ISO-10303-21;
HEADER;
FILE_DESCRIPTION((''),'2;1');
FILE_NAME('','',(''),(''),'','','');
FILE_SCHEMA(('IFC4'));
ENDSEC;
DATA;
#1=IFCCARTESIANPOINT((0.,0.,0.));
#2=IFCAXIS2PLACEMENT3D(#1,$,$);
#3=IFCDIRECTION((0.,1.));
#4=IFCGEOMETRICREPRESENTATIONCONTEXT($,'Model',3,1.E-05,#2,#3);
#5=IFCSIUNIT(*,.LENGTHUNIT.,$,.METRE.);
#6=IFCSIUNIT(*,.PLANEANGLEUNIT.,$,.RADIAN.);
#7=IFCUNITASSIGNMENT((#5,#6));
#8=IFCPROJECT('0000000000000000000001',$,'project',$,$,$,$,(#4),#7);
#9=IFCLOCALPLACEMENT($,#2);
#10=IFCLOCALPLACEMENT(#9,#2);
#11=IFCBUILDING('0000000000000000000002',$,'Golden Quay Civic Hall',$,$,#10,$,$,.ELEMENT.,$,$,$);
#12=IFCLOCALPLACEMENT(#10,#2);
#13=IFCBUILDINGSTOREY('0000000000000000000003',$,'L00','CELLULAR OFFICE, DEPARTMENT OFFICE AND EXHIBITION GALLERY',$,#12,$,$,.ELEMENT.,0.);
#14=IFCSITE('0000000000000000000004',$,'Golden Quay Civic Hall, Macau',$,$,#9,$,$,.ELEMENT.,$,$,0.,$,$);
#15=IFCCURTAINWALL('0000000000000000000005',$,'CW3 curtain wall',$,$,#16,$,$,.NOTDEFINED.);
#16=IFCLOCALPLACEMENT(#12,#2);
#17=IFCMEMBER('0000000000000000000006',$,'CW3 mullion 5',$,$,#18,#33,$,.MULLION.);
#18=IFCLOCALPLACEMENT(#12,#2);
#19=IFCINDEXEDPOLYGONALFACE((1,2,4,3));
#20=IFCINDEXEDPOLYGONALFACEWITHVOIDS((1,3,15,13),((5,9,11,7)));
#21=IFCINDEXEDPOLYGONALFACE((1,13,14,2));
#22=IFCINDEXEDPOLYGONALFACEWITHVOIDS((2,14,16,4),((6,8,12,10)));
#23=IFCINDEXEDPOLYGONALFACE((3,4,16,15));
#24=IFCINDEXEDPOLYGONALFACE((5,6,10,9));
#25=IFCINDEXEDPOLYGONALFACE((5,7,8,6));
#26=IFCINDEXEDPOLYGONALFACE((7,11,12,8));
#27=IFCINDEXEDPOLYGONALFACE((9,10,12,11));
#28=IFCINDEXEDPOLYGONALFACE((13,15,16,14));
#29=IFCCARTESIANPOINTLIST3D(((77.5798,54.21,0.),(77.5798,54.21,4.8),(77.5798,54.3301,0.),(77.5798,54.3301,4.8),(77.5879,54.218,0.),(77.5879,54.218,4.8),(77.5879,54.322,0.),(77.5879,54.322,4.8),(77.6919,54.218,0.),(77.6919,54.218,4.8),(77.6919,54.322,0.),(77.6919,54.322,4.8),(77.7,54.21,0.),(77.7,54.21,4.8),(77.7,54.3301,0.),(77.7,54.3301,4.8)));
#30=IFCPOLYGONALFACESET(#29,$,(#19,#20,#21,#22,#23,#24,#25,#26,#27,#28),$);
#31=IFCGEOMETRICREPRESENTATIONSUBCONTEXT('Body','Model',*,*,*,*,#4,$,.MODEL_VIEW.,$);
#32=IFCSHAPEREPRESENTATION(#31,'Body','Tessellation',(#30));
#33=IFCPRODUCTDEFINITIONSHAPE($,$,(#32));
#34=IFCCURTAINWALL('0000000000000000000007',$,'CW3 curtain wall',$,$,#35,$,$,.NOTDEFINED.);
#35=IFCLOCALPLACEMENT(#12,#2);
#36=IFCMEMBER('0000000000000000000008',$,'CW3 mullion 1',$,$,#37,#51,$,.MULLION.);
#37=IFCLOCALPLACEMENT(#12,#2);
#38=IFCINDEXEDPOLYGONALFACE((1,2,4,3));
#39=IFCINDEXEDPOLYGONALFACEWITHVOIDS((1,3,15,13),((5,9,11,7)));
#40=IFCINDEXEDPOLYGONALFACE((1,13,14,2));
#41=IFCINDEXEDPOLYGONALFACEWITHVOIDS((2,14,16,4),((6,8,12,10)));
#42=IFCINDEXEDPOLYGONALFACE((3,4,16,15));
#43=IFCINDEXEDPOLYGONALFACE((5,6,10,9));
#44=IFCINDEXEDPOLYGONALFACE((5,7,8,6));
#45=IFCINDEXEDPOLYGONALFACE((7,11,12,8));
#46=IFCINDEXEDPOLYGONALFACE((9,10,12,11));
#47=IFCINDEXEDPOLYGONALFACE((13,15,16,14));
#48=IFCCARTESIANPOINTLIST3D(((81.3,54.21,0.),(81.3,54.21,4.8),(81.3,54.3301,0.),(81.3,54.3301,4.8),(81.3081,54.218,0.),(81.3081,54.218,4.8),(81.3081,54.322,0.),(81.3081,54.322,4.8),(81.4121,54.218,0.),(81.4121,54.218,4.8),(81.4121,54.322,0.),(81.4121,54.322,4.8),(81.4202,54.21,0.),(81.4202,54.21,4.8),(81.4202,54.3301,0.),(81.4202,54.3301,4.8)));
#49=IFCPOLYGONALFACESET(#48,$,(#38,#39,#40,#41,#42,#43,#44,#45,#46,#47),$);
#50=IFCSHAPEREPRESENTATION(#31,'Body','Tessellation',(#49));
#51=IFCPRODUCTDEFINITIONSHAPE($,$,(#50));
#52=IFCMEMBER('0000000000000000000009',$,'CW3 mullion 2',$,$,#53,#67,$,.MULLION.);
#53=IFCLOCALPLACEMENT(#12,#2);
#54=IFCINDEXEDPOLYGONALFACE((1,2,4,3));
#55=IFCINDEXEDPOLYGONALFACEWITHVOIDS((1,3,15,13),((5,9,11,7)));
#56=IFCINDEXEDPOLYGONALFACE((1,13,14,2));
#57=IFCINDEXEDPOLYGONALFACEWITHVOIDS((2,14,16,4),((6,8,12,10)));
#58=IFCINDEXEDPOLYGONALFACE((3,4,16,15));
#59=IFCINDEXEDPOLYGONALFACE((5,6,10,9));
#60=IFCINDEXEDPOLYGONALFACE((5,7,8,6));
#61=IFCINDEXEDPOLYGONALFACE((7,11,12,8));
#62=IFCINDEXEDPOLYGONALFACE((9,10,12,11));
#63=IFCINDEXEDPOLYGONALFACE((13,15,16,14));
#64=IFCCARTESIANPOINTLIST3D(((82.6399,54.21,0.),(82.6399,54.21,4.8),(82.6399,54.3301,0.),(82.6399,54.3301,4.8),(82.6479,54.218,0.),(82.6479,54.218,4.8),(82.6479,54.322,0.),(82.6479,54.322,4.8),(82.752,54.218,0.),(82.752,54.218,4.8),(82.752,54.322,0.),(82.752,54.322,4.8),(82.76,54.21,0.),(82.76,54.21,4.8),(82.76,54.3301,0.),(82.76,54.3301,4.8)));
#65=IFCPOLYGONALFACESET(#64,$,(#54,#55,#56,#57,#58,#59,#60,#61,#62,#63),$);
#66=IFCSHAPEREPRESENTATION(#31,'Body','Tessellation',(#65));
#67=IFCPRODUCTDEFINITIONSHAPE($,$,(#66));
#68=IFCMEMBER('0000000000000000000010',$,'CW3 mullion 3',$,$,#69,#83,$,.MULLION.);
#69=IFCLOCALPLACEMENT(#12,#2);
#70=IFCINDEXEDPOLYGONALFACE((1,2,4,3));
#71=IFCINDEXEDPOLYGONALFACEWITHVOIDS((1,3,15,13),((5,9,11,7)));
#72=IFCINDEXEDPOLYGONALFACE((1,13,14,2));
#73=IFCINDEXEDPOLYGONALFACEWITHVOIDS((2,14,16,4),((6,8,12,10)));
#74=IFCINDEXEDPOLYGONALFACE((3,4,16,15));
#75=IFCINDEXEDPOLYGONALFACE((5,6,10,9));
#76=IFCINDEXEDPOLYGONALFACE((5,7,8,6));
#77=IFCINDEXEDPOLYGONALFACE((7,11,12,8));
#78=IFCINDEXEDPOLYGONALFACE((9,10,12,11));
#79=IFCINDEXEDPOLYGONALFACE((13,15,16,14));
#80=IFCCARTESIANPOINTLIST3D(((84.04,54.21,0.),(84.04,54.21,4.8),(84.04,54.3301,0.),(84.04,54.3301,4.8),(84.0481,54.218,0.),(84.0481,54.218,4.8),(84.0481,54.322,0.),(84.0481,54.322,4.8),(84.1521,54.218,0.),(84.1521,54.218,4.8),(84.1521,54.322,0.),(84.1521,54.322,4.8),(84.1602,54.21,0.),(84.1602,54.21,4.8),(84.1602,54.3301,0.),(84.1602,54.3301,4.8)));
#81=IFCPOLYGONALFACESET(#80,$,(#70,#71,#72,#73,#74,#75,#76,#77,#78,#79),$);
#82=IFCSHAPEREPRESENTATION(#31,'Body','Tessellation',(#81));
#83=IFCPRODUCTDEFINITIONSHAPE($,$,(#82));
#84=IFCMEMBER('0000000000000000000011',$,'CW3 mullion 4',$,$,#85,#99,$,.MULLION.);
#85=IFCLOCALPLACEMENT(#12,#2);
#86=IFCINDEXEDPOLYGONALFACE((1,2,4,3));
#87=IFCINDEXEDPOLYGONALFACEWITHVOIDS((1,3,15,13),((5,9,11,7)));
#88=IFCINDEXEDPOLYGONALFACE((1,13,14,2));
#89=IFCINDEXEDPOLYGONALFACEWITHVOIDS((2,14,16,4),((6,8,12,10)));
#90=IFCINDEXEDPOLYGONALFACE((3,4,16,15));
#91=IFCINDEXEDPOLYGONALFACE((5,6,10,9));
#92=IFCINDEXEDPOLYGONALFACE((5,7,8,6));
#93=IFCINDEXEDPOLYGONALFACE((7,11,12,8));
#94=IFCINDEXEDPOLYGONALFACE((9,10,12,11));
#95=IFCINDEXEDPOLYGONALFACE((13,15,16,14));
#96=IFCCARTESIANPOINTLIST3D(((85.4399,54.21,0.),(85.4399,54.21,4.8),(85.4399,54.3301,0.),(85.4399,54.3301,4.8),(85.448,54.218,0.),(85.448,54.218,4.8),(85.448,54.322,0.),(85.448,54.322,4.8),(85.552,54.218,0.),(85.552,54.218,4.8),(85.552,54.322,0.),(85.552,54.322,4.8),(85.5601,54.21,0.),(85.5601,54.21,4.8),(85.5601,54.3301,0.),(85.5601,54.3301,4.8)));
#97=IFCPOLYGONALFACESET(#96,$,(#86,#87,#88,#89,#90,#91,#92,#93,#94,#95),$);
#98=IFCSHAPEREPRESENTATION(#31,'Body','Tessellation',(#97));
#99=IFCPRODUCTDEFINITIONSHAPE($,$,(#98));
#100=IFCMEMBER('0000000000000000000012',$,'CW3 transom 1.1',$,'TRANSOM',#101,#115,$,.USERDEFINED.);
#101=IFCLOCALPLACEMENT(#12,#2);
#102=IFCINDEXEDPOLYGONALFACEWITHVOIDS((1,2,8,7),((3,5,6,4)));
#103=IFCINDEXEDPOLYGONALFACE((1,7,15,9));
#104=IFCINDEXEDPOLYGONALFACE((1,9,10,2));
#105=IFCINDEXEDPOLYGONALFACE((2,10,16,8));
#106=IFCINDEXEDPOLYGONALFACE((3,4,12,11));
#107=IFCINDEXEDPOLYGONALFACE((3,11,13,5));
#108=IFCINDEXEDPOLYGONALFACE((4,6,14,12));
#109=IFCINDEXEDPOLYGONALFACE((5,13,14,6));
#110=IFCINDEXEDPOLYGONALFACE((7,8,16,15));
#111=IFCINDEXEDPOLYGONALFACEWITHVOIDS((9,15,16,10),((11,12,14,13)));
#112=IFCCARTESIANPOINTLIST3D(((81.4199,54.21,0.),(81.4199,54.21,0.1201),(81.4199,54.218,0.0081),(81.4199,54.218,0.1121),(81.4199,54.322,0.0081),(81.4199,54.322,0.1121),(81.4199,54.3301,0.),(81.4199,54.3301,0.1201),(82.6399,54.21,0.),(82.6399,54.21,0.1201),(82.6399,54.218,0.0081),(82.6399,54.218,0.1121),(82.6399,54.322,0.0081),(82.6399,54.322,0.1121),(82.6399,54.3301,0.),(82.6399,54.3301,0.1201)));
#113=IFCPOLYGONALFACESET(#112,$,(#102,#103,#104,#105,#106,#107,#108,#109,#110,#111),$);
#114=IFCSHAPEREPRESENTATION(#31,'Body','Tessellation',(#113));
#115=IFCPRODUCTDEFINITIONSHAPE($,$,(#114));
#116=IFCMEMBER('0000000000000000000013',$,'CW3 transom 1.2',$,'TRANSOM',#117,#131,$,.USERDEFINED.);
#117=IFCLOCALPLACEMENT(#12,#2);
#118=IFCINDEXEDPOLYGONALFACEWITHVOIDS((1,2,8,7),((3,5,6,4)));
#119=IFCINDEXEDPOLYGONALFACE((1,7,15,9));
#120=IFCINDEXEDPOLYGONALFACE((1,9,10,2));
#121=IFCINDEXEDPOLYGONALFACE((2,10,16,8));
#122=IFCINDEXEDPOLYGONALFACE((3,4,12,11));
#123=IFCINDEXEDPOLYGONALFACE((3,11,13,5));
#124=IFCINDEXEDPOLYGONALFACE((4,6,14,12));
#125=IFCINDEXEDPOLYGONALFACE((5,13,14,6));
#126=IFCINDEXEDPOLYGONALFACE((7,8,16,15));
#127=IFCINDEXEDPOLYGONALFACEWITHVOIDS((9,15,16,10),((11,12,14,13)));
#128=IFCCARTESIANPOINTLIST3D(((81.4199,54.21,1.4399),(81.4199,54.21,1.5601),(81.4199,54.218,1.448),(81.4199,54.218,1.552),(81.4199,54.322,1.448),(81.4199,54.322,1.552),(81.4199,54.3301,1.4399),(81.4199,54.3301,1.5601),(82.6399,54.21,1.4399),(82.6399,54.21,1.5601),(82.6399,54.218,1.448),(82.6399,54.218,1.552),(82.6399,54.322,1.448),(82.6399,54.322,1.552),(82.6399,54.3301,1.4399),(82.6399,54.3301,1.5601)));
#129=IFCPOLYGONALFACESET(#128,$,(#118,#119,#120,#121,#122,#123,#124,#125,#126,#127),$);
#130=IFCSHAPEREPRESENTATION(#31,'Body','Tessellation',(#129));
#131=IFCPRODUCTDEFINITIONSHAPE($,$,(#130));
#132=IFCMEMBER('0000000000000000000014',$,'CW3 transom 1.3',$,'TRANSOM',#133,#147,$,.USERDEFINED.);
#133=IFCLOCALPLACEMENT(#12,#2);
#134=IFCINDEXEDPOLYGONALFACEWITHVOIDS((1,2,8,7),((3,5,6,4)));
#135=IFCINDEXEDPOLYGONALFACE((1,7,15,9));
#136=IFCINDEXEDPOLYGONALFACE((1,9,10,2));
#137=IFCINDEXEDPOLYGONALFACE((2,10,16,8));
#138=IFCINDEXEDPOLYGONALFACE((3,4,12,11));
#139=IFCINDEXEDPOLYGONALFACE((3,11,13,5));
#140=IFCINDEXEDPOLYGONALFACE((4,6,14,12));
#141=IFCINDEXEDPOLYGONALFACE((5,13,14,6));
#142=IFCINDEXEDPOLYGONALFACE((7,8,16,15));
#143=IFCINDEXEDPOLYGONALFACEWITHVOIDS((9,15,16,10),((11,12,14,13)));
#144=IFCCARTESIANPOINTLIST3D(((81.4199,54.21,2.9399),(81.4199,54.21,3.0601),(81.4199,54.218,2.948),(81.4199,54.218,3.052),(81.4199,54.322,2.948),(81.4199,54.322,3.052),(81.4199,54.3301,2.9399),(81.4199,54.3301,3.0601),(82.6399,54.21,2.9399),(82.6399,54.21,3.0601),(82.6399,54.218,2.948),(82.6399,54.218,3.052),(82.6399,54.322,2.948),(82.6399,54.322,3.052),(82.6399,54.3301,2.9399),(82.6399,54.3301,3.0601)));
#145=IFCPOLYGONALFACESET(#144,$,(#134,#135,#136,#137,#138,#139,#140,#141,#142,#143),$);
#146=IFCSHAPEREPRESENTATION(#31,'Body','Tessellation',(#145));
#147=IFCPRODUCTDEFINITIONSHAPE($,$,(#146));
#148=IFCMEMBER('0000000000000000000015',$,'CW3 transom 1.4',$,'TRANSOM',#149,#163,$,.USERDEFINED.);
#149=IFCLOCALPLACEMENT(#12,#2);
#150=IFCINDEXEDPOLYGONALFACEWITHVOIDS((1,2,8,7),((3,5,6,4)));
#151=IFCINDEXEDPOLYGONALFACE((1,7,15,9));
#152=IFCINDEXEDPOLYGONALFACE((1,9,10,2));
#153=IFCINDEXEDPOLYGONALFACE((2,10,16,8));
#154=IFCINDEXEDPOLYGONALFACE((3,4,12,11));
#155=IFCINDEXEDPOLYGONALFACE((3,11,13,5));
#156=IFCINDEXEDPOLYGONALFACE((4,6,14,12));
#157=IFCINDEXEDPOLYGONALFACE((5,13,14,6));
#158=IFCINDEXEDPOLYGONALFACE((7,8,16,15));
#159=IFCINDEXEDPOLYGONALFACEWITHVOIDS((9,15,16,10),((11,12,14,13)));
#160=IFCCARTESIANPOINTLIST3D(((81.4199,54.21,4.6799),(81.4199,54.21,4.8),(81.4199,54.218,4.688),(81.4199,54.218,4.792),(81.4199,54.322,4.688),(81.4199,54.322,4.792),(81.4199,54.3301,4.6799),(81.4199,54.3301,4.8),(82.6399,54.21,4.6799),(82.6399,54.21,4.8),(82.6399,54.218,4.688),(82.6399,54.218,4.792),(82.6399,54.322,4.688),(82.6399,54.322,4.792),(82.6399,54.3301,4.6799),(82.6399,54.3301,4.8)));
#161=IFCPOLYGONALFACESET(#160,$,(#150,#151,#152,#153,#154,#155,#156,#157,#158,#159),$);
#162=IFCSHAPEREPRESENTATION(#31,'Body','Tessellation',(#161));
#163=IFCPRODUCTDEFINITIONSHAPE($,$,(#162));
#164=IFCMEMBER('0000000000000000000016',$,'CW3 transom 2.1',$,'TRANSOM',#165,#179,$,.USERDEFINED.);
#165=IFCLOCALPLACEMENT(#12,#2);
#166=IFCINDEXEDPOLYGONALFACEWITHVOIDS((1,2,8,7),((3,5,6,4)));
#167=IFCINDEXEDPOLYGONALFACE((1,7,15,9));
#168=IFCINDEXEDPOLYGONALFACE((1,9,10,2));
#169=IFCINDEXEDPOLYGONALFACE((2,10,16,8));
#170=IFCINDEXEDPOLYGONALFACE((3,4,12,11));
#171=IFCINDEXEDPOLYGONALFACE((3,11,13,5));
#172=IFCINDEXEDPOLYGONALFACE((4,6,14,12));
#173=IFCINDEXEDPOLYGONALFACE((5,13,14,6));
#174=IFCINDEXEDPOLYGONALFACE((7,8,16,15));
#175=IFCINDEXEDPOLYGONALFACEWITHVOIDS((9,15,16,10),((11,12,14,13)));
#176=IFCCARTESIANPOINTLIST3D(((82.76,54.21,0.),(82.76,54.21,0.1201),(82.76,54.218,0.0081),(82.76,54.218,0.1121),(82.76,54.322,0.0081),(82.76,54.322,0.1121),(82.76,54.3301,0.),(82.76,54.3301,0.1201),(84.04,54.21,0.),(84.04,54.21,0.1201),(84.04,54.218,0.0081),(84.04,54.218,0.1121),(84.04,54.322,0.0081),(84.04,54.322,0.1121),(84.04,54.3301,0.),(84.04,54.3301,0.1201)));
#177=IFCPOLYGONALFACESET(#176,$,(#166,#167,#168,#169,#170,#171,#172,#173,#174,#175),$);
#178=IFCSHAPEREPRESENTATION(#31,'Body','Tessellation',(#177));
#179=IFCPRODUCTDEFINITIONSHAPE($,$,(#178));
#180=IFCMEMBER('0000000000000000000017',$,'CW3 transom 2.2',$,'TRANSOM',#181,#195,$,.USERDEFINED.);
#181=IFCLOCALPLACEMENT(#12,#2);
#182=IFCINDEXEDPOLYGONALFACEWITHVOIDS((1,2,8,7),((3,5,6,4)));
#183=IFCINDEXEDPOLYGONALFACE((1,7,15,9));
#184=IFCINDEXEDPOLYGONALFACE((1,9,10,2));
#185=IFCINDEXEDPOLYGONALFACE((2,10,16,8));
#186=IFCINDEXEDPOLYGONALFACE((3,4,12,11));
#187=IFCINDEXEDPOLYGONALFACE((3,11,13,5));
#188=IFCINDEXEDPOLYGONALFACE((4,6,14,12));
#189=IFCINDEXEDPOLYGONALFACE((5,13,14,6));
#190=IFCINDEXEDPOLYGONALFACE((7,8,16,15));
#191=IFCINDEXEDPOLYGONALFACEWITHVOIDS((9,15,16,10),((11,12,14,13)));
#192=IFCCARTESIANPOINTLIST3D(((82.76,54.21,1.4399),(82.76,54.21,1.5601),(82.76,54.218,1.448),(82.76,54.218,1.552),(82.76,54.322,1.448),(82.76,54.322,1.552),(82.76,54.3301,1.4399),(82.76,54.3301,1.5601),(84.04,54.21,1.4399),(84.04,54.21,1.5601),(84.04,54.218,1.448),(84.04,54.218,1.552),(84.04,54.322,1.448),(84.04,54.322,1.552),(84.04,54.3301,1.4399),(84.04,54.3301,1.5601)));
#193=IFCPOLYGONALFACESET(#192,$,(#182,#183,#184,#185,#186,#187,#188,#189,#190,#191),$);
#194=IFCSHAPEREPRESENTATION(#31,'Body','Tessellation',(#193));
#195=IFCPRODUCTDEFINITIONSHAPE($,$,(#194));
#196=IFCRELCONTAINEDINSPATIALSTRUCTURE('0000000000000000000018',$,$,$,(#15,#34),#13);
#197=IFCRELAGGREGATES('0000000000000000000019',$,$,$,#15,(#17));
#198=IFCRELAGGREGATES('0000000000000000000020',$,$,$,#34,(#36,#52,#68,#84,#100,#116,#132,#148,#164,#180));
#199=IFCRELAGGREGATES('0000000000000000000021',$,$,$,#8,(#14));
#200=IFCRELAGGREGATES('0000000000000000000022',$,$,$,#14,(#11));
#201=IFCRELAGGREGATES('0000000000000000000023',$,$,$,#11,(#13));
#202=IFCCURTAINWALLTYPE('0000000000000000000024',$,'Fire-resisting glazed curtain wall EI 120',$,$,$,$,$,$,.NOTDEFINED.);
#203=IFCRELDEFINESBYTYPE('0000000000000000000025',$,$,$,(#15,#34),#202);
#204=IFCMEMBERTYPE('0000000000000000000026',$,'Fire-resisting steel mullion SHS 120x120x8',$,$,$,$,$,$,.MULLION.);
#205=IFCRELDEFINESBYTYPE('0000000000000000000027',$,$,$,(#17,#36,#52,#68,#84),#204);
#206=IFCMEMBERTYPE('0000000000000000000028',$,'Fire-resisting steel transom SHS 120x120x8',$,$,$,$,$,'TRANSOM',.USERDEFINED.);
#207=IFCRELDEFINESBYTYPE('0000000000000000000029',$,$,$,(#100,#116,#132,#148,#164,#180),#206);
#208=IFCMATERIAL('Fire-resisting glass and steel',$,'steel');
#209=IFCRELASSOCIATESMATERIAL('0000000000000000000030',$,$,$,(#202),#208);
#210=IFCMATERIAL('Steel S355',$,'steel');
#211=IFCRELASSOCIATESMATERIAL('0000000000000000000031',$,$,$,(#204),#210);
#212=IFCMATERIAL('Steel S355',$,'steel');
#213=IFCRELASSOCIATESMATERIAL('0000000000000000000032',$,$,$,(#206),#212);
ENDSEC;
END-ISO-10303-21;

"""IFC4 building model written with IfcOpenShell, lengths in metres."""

from ifc_helpers import new_model, si_unit, direction, frame, origin, origin_2d, place, context, subcontext, project, spatial, hollow_rectangle, extrude, material, material_profile, profile_set, type_object, element, aggregate, save


model = new_model("IFC4")

# Units and contexts
model_context = context("Model", 3, precision=1e-05, world=origin(), true_north=direction((0.0, 1.0)))
body_context = subcontext(model_context, "Body", "Model", "MODEL_VIEW")
ifc_project = project(units=[si_unit("LENGTHUNIT", "METRE"), si_unit("PLANEANGLEUNIT", "RADIAN")], contexts=[model_context])

# Site, building, storey
site_placement = place(None, origin())
site = spatial("IfcSite", under=ifc_project, at=site_placement, Name="Golden Quay Civic Hall, Macau", CompositionType="ELEMENT", RefElevation=0.0)
building_placement = place(site_placement, origin())
building = spatial("IfcBuilding", under=site, at=building_placement, Name="Golden Quay Civic Hall", CompositionType="ELEMENT")
storey_placement = place(building_placement, origin())
storey = spatial("IfcBuildingStorey", under=building, at=storey_placement, Name="L00", Description="CELLULAR OFFICE, DEPARTMENT OFFICE AND EXHIBITION GALLERY", CompositionType="ELEMENT", Elevation=0.0)

# Curtain wall, member
ifc_material_1 = material(Name="Fire-resisting glass and steel", Category="steel")
curtain_wall_type = type_object("IfcCurtainWallType", Name="Fire-resisting glazed curtain wall EI 120", PredefinedType="NOTDEFINED", material=ifc_material_1)
curtain_wall_1_placement = place(storey_placement, origin())
curtain_wall_1 = element("IfcCurtainWall", 1, at=curtain_wall_1_placement, inside=storey, type_object=curtain_wall_type, Name="CW3 curtain wall", PredefinedType="NOTDEFINED")
ifc_material_2 = material(Name="Steel S355", Category="steel")
ifc_material_profile_1 = material_profile(ifc_material_2, hollow_rectangle(XDim=0.1201, YDim=0.1201, WallThickness=0.0081, at=origin_2d()), Name="SHS 120x120x8")
ifc_profile_set_1 = profile_set([ifc_material_profile_1], Name="Steel S355")
member_type_1 = type_object("IfcMemberType", Name="Fire-resisting steel mullion SHS 120x120x8", PredefinedType="MULLION", material=ifc_profile_set_1)
member_1_placement = place(storey_placement, frame((77.6399, 54.27, 0.0), z_axis=(0.0, 0.0, 1.0), x_axis=(0.0, 1.0, 0.0)))
member_1 = element("IfcMember", 2, at=member_1_placement, type_object=member_type_1, Name="CW3 mullion 5", PredefinedType="MULLION", context=body_context, shape_type="SweptSolid", body=[
    extrude(hollow_rectangle(XDim=0.1201, YDim=0.1201, WallThickness=0.0081, at=origin_2d()), origin(), (0.0, 0.0, 1.0), 4.8),
])

# Curtain wall, members
curtain_wall_2_placement = place(storey_placement, origin())
curtain_wall_2 = element("IfcCurtainWall", 3, at=curtain_wall_2_placement, inside=storey, type_object=curtain_wall_type, Name="CW3 curtain wall", PredefinedType="NOTDEFINED")
member_2_placement = place(storey_placement, frame((81.3601, 54.27, 0.0), z_axis=(0.0, 0.0, 1.0), x_axis=(0.0, 1.0, 0.0)))
member_2 = element("IfcMember", 4, at=member_2_placement, type_object=member_type_1, Name="CW3 mullion 1", PredefinedType="MULLION", context=body_context, shape_type="SweptSolid", body=[
    extrude(hollow_rectangle(XDim=0.1201, YDim=0.1201, WallThickness=0.0081, at=origin_2d()), origin(), (0.0, 0.0, 1.0), 4.8),
])
member_3_placement = place(storey_placement, frame((82.7, 54.27, 0.0), z_axis=(0.0, 0.0, 1.0), x_axis=(0.0, 1.0, 0.0)))
member_3 = element("IfcMember", 5, at=member_3_placement, type_object=member_type_1, Name="CW3 mullion 2", PredefinedType="MULLION", context=body_context, shape_type="SweptSolid", body=[
    extrude(hollow_rectangle(XDim=0.1201, YDim=0.1201, WallThickness=0.0081, at=origin_2d()), origin(), (0.0, 0.0, 1.0), 4.8),
])
member_4_placement = place(storey_placement, frame((84.1001, 54.27, 0.0), z_axis=(0.0, 0.0, 1.0), x_axis=(0.0, 1.0, 0.0)))
member_4 = element("IfcMember", 6, at=member_4_placement, type_object=member_type_1, Name="CW3 mullion 3", PredefinedType="MULLION", context=body_context, shape_type="SweptSolid", body=[
    extrude(hollow_rectangle(XDim=0.1201, YDim=0.1201, WallThickness=0.0081, at=origin_2d()), origin(), (0.0, 0.0, 1.0), 4.8),
])
member_5_placement = place(storey_placement, frame((85.5, 54.27, 0.0), z_axis=(0.0, 0.0, 1.0), x_axis=(0.0, 1.0, 0.0)))
member_5 = element("IfcMember", 7, at=member_5_placement, type_object=member_type_1, Name="CW3 mullion 4", PredefinedType="MULLION", context=body_context, shape_type="SweptSolid", body=[
    extrude(hollow_rectangle(XDim=0.1201, YDim=0.1201, WallThickness=0.0081, at=origin_2d()), origin(), (0.0, 0.0, 1.0), 4.8),
])
ifc_material_3 = material(Name="Steel S355", Category="steel")
ifc_material_profile_2 = material_profile(ifc_material_3, hollow_rectangle(XDim=0.1201, YDim=0.1201, WallThickness=0.0081, at=origin_2d()), Name="SHS 120x120x8")
ifc_profile_set_2 = profile_set([ifc_material_profile_2], Name="Steel S355")
member_type_2 = type_object("IfcMemberType", Name="Fire-resisting steel transom SHS 120x120x8", ElementType="TRANSOM", PredefinedType="USERDEFINED", material=ifc_profile_set_2)
member_6_placement = place(storey_placement, frame((81.4199, 54.27, 0.0601), z_axis=(1.0, 0.0, 0.0), x_axis=(0.0, 1.0, 0.0)))
member_6 = element("IfcMember", 8, at=member_6_placement, type_object=member_type_2, Name="CW3 transom 1.1", ObjectType="TRANSOM", PredefinedType="USERDEFINED", context=body_context, shape_type="SweptSolid", body=[
    extrude(hollow_rectangle(XDim=0.1201, YDim=0.1201, WallThickness=0.0081, at=origin_2d()), origin(), (0.0, 0.0, 1.0), 1.22),
])
member_7_placement = place(storey_placement, frame((81.4199, 54.27, 1.5), z_axis=(1.0, 0.0, 0.0), x_axis=(0.0, 1.0, 0.0)))
member_7 = element("IfcMember", 9, at=member_7_placement, type_object=member_type_2, Name="CW3 transom 1.2", ObjectType="TRANSOM", PredefinedType="USERDEFINED", context=body_context, shape_type="SweptSolid", body=[
    extrude(hollow_rectangle(XDim=0.1201, YDim=0.1201, WallThickness=0.0081, at=origin_2d()), origin(), (0.0, 0.0, 1.0), 1.22),
])
member_8_placement = place(storey_placement, frame((81.4199, 54.27, 3.0), z_axis=(1.0, 0.0, 0.0), x_axis=(0.0, 1.0, 0.0)))
member_8 = element("IfcMember", 10, at=member_8_placement, type_object=member_type_2, Name="CW3 transom 1.3", ObjectType="TRANSOM", PredefinedType="USERDEFINED", context=body_context, shape_type="SweptSolid", body=[
    extrude(hollow_rectangle(XDim=0.1201, YDim=0.1201, WallThickness=0.0081, at=origin_2d()), origin(), (0.0, 0.0, 1.0), 1.22),
])
member_9_placement = place(storey_placement, frame((81.4199, 54.27, 4.74), z_axis=(1.0, 0.0, 0.0), x_axis=(0.0, 1.0, 0.0)))
member_9 = element("IfcMember", 11, at=member_9_placement, type_object=member_type_2, Name="CW3 transom 1.4", ObjectType="TRANSOM", PredefinedType="USERDEFINED", context=body_context, shape_type="SweptSolid", body=[
    extrude(hollow_rectangle(XDim=0.1201, YDim=0.1201, WallThickness=0.0081, at=origin_2d()), origin(), (0.0, 0.0, 1.0), 1.22),
])
member_10_placement = place(storey_placement, frame((82.76, 54.27, 0.0601), z_axis=(1.0, 0.0, 0.0), x_axis=(0.0, 1.0, 0.0)))
member_10 = element("IfcMember", 12, at=member_10_placement, type_object=member_type_2, Name="CW3 transom 2.1", ObjectType="TRANSOM", PredefinedType="USERDEFINED", context=body_context, shape_type="SweptSolid", body=[
    extrude(hollow_rectangle(XDim=0.1201, YDim=0.1201, WallThickness=0.0081, at=origin_2d()), origin(), (0.0, 0.0, 1.0), 1.28),
])
member_11_placement = place(storey_placement, frame((82.76, 54.27, 1.5), z_axis=(1.0, 0.0, 0.0), x_axis=(0.0, 1.0, 0.0)))
member_11 = element("IfcMember", 13, at=member_11_placement, type_object=member_type_2, Name="CW3 transom 2.2", ObjectType="TRANSOM", PredefinedType="USERDEFINED", context=body_context, shape_type="SweptSolid", body=[
    extrude(hollow_rectangle(XDim=0.1201, YDim=0.1201, WallThickness=0.0081, at=origin_2d()), origin(), (0.0, 0.0, 1.0), 1.28),
])

aggregate(curtain_wall_1, [member_1])
aggregate(curtain_wall_2, [member_2, member_3, member_4, member_5, member_6, member_7, member_8, member_9, member_10, member_11])

save(model, "model.ifc")
